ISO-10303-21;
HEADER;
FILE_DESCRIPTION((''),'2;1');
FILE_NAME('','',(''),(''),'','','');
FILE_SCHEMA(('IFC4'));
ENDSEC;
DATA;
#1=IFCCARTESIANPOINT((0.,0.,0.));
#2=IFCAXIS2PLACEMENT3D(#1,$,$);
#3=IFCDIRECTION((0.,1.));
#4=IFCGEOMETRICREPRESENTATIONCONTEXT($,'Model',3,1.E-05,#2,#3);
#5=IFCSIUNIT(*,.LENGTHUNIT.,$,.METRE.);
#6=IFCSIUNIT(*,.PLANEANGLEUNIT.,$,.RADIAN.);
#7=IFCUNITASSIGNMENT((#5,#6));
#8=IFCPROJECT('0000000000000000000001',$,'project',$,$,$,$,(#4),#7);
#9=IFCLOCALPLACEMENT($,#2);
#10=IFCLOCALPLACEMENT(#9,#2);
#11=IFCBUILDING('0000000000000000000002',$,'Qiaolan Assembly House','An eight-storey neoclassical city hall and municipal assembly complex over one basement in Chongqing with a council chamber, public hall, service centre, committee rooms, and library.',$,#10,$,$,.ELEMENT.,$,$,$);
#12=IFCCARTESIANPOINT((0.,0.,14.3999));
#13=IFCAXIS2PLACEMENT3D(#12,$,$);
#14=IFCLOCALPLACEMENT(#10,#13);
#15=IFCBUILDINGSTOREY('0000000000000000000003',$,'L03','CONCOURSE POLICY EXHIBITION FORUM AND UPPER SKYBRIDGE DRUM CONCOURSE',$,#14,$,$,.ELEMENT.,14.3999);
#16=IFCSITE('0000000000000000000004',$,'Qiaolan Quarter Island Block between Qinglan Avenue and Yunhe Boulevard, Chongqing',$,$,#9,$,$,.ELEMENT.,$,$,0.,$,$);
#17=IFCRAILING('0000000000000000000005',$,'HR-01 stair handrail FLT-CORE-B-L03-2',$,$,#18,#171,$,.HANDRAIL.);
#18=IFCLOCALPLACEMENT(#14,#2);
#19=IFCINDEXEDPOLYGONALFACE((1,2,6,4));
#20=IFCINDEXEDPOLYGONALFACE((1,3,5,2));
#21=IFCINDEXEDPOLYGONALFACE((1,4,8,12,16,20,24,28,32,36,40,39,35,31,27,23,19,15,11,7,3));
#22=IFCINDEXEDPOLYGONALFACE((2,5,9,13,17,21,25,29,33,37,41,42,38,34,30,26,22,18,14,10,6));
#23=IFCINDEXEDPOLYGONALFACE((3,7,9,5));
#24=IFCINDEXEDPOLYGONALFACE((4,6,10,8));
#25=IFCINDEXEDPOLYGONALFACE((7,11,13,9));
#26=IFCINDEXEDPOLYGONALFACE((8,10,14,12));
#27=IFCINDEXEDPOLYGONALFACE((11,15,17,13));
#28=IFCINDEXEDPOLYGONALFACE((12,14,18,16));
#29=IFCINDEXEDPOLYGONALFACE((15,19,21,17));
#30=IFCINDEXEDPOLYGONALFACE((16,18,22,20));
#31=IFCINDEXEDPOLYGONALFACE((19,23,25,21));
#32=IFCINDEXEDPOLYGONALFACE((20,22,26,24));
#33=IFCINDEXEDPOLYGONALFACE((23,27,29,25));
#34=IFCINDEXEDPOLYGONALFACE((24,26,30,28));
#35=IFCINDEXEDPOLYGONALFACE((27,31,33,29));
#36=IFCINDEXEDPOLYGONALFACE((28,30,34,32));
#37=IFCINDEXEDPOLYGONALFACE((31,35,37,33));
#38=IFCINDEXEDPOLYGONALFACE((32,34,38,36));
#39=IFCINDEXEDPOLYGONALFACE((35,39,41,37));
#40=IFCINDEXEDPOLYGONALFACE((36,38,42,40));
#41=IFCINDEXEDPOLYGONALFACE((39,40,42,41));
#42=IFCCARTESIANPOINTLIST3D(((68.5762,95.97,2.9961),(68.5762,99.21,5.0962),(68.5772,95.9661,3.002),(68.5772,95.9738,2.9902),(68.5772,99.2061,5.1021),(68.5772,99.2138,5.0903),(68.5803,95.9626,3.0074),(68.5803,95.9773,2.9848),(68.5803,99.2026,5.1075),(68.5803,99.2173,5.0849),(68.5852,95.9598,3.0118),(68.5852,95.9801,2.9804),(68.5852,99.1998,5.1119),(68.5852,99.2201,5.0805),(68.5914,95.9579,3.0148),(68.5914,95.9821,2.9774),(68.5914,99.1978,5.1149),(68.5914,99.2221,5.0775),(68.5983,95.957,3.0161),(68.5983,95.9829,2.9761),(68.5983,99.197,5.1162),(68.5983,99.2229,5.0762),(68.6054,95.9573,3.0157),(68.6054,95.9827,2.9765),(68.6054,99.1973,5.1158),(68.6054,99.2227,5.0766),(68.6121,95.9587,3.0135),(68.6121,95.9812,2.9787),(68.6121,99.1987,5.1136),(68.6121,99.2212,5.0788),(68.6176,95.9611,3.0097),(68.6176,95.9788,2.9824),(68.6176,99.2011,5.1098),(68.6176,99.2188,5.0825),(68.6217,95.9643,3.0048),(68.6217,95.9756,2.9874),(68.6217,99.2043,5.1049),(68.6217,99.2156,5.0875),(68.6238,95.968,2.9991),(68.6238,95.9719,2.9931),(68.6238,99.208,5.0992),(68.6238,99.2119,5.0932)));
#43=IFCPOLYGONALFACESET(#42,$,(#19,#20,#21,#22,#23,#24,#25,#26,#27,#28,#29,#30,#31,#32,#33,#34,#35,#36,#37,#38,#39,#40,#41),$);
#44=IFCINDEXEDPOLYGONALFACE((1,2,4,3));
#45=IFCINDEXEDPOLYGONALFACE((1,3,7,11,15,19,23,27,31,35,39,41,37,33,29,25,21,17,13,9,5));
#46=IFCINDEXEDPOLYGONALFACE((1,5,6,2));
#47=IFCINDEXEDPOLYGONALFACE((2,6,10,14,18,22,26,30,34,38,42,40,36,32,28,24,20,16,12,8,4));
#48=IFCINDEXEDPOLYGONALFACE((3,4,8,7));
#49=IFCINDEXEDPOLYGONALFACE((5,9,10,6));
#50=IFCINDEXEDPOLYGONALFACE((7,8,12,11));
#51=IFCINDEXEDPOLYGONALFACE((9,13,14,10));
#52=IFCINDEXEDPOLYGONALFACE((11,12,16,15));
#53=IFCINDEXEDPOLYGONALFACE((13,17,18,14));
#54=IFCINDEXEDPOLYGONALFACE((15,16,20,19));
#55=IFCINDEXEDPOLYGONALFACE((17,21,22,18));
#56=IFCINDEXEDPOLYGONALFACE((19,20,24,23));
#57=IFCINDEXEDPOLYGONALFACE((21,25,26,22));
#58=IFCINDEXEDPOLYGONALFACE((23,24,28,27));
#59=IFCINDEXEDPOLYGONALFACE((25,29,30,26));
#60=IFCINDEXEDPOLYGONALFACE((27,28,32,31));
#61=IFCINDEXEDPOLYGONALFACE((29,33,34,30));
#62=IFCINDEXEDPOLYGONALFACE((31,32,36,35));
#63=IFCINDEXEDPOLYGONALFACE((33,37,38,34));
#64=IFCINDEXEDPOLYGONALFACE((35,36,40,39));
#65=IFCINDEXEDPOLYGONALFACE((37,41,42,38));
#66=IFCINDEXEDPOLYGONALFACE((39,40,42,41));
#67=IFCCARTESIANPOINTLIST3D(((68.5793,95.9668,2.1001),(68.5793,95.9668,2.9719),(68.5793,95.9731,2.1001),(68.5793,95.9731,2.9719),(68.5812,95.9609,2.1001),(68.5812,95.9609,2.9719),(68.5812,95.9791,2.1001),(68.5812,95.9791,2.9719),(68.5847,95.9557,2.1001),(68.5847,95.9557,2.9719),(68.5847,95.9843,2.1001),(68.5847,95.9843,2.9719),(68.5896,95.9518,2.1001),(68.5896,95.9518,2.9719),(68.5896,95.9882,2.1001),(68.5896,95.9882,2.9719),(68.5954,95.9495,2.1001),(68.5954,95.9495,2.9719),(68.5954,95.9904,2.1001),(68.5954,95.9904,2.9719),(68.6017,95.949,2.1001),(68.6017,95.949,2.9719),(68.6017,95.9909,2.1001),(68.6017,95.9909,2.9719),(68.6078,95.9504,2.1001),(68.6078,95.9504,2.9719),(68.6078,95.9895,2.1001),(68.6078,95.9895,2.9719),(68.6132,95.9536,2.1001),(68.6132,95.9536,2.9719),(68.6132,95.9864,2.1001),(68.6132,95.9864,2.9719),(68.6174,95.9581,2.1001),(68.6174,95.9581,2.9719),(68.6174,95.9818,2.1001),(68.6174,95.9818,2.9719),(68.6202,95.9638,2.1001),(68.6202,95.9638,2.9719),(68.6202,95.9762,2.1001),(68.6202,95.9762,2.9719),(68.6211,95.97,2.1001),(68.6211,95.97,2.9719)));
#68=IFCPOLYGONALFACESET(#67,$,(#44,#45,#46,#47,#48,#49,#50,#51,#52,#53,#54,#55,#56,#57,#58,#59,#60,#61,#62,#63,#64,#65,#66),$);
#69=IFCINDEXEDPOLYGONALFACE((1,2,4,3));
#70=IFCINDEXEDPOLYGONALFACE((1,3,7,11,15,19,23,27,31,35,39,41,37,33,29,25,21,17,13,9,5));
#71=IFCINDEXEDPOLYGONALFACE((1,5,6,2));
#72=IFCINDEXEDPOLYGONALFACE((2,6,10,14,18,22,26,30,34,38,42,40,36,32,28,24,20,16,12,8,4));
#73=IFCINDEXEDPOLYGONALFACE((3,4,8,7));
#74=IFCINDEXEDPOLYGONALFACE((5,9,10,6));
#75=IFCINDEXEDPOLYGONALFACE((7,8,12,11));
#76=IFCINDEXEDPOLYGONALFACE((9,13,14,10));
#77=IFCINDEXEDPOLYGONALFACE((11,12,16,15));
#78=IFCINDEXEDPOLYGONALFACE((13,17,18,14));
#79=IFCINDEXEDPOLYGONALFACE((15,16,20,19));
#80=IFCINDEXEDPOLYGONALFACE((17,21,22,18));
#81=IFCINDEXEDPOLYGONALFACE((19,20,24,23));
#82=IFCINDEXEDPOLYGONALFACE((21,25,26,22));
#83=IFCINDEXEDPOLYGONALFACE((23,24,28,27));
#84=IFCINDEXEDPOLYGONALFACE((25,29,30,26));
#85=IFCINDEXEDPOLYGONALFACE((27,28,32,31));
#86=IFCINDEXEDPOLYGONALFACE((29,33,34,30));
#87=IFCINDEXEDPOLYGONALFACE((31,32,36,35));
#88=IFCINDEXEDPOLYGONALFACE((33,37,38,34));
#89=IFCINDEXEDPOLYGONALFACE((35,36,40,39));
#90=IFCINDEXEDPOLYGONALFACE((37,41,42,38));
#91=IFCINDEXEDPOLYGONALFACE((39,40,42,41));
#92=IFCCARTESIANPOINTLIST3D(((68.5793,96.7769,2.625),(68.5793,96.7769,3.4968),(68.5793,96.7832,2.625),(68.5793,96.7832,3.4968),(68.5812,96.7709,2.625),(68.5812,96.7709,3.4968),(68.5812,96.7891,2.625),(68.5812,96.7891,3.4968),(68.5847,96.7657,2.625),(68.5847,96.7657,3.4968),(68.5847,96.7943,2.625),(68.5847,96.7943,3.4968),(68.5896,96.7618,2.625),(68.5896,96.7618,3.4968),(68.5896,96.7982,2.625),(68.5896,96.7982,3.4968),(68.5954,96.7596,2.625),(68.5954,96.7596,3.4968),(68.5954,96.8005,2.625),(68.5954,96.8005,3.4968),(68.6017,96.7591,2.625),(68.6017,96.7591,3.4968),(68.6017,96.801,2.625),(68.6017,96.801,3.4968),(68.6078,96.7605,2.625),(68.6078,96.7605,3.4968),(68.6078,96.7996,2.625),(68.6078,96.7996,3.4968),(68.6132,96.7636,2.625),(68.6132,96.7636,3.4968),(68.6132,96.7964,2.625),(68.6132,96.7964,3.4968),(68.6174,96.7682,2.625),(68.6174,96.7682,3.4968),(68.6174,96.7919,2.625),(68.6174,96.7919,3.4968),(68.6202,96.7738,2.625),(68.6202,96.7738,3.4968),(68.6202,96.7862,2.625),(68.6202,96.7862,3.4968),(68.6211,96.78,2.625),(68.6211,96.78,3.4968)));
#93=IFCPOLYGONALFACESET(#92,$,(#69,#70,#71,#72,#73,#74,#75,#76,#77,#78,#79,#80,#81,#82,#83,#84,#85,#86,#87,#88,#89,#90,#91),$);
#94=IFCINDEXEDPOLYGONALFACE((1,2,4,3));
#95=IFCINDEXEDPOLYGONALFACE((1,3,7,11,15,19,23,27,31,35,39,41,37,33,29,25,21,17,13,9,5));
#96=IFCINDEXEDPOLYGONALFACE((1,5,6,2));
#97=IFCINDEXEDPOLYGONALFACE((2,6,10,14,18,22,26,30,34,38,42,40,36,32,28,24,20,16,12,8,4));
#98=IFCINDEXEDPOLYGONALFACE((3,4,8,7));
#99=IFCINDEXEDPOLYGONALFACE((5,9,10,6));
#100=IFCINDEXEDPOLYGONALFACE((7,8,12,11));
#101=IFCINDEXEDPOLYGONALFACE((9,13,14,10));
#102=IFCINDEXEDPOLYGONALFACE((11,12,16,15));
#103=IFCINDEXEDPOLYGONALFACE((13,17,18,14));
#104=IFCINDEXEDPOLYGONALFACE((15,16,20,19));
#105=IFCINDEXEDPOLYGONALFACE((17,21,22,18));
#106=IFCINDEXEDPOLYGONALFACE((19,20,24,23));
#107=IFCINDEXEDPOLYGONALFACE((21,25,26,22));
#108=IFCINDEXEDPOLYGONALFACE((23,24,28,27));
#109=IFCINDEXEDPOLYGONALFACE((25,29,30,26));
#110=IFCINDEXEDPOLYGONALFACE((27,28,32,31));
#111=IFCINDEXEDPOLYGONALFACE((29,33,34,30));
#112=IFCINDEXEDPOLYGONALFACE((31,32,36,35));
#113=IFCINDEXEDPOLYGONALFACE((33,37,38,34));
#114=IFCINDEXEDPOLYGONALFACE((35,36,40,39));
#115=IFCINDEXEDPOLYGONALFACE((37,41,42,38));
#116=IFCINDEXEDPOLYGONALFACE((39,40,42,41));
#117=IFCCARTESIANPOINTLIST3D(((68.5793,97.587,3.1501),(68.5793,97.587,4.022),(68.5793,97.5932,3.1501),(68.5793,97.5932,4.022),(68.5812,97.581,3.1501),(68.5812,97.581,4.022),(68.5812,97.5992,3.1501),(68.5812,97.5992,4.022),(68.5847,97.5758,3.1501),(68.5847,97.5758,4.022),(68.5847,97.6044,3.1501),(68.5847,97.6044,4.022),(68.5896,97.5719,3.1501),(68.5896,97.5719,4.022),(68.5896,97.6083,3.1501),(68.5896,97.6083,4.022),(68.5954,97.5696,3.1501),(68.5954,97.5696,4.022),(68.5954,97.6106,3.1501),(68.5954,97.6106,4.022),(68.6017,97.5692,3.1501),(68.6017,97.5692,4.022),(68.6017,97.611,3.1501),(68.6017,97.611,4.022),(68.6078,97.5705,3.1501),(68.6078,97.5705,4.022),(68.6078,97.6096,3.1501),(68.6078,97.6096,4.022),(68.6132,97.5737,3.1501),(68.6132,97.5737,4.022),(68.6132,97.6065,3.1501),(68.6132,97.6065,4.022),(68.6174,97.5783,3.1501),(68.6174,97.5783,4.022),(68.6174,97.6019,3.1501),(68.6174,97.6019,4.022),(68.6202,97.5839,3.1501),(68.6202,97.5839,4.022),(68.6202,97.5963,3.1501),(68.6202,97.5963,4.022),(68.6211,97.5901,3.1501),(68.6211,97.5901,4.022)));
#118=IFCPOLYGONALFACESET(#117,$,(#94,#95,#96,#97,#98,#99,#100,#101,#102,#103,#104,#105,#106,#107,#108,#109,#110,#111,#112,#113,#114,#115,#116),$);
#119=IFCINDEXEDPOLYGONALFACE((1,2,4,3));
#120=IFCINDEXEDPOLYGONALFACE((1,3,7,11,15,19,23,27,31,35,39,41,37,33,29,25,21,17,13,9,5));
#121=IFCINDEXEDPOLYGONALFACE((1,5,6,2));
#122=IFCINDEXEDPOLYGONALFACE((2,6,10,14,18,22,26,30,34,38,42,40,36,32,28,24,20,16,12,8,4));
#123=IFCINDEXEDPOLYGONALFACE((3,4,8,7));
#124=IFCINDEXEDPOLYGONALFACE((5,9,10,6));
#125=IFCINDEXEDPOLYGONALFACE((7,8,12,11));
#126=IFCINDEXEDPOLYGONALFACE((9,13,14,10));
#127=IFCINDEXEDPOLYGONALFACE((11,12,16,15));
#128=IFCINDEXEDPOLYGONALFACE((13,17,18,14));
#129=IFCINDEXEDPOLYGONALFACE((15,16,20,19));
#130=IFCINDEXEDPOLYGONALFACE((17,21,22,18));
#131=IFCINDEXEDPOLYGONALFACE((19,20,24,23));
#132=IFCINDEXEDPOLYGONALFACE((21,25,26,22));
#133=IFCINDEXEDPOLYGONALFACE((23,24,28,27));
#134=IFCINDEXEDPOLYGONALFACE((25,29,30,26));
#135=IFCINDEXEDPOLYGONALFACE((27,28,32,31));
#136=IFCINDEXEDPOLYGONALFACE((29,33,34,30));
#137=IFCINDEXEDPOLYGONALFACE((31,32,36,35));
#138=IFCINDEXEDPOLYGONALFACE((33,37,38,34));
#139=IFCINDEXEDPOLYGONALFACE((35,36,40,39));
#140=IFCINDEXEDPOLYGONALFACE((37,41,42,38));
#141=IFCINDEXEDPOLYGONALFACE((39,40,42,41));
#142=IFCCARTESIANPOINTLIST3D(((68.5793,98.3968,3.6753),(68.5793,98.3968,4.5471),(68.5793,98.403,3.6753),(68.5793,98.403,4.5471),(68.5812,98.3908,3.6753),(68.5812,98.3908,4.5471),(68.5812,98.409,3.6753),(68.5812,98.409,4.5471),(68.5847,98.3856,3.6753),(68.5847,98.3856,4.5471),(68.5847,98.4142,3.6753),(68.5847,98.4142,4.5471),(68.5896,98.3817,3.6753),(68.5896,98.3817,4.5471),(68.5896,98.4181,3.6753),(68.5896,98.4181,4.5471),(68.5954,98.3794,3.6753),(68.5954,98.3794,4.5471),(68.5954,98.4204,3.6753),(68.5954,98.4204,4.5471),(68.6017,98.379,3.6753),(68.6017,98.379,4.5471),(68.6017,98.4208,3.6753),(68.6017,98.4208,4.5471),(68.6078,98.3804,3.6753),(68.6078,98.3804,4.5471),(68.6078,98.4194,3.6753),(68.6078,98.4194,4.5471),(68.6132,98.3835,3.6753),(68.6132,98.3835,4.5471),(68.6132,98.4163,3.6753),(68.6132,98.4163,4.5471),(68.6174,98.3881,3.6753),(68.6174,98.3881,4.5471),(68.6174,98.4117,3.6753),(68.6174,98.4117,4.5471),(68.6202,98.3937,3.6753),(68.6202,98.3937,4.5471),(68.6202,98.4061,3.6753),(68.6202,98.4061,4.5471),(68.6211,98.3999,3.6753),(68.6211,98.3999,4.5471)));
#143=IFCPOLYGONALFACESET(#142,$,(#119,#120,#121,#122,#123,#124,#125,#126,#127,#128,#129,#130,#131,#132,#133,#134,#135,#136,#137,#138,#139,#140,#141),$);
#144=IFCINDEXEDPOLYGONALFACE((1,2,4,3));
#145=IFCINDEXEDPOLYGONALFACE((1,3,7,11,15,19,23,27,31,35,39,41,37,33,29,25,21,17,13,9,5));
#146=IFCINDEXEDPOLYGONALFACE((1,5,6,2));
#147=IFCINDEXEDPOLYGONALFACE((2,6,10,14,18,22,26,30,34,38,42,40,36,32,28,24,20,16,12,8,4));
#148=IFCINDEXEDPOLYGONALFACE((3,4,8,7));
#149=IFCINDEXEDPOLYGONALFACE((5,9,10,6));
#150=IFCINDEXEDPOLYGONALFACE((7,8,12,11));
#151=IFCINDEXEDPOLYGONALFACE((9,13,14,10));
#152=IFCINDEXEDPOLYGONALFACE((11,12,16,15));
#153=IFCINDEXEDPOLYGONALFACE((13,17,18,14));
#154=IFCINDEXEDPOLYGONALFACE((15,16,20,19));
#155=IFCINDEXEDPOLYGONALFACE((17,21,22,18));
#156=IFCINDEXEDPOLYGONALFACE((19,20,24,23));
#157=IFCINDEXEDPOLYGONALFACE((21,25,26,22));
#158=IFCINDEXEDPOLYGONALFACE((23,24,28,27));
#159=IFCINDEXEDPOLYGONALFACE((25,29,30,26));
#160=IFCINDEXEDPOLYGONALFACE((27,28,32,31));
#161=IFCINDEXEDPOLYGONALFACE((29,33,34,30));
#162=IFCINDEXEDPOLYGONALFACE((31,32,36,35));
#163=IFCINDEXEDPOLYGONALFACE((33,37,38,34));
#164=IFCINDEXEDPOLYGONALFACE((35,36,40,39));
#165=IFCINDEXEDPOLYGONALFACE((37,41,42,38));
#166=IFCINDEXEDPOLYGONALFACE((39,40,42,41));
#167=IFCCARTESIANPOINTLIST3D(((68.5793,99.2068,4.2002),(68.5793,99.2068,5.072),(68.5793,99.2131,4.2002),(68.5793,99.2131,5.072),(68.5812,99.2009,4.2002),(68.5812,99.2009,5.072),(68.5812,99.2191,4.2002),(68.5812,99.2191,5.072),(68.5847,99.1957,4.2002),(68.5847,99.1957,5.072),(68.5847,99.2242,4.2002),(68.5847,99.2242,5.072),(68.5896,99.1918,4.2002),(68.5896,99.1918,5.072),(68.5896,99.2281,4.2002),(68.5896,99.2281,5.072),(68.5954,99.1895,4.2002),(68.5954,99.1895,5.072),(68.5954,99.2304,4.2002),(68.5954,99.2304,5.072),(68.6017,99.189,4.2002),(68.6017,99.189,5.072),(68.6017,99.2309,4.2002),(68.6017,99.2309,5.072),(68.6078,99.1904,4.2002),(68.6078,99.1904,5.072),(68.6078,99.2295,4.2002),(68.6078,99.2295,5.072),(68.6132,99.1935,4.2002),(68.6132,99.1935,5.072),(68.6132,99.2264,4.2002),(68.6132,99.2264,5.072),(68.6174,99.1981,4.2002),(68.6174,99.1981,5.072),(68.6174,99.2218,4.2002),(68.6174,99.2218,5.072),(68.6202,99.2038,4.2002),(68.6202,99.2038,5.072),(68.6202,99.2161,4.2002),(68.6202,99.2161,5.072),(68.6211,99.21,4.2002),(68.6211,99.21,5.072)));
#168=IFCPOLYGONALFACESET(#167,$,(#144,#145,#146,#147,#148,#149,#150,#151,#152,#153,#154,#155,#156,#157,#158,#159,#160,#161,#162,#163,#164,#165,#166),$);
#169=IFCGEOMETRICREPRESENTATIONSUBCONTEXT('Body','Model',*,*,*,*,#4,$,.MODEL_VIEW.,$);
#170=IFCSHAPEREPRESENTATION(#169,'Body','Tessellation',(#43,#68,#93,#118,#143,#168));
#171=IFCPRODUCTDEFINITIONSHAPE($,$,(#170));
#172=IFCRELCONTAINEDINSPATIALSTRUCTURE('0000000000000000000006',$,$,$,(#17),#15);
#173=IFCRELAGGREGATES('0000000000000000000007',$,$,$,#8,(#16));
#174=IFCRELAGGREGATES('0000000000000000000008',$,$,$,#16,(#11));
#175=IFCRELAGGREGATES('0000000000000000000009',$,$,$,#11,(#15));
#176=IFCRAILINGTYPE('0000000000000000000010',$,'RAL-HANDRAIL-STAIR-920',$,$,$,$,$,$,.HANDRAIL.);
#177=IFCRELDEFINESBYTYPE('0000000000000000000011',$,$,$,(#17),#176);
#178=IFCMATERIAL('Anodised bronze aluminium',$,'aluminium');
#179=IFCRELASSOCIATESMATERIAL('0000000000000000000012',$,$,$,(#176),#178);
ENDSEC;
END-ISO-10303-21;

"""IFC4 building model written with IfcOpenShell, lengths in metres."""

from ifc_helpers import new_model, si_unit, direction, frame, origin, origin_2d, place, context, subcontext, project, spatial, circle, extrude, material, type_object, element, save


model = new_model("IFC4")

# Units and contexts
model_context = context("Model", 3, precision=1e-05, world=origin(), true_north=direction((0.0, 1.0)))
body_context = subcontext(model_context, "Body", "Model", "MODEL_VIEW")
ifc_project = project(units=[si_unit("LENGTHUNIT", "METRE"), si_unit("PLANEANGLEUNIT", "RADIAN")], contexts=[model_context])

# Site, building, storey
site_placement = place(None, origin())
site = spatial("IfcSite", under=ifc_project, at=site_placement, Name="Qiaolan Quarter Island Block between Qinglan Avenue and Yunhe Boulevard, Chongqing", CompositionType="ELEMENT", RefElevation=0.0)
building_placement = place(site_placement, origin())
building = spatial("IfcBuilding", under=site, at=building_placement, Name="Qiaolan Assembly House", Description="An eight-storey neoclassical city hall and municipal assembly complex over one basement in Chongqing with a council chamber, public hall, service centre, committee rooms, and library.", CompositionType="ELEMENT")
storey_placement = place(building_placement, frame((0.0, 0.0, 14.3999)))
storey = spatial("IfcBuildingStorey", under=building, at=storey_placement, Name="L03", Description="CONCOURSE POLICY EXHIBITION FORUM AND UPPER SKYBRIDGE DRUM CONCOURSE", CompositionType="ELEMENT", Elevation=14.3999)

# Railing
ifc_material_1 = material(Name="Anodised bronze aluminium", Category="aluminium")
railing_type_1 = type_object("IfcRailingType", Name="RAL-HANDRAIL-STAIR-920", PredefinedType="HANDRAIL", material=ifc_material_1)
railing_1_placement = place(storey_placement, frame((68.6001, 95.97, 2.1001)))
element("IfcRailing", 1, at=railing_1_placement, inside=storey, type_object=railing_type_1, Name="HR-01 stair handrail FLT-CORE-B-L03-2", PredefinedType="HANDRAIL", context=body_context, shape_type="SweptSolid", body=[
    extrude(circle(Radius=0.0239, at=origin_2d()), frame((0.0, 0.0, 0.896), z_axis=(0.0, 0.839141, 0.543914), x_axis=(-1.0, 0.0, 0.0)), (0.0, 0.0, 1.0), 3.8611),
    extrude(circle(Radius=0.021, at=origin_2d()), origin(), (0.0, 0.0, 1.0), 0.8718),
    extrude(circle(Radius=0.021, at=origin_2d()), frame((0.0, 0.8101, 0.5249)), (0.0, 0.0, 1.0), 0.8718),
    extrude(circle(Radius=0.021, at=origin_2d()), frame((0.0, 1.6201, 1.05)), (0.0, 0.0, 1.0), 0.8718),
    extrude(circle(Radius=0.021, at=origin_2d()), frame((0.0, 2.4299, 1.5752)), (0.0, 0.0, 1.0), 0.8718),
    extrude(circle(Radius=0.021, at=origin_2d()), frame((0.0, 3.24, 2.1001)), (0.0, 0.0, 1.0), 0.8718),
])

save(model, "model.ifc")
